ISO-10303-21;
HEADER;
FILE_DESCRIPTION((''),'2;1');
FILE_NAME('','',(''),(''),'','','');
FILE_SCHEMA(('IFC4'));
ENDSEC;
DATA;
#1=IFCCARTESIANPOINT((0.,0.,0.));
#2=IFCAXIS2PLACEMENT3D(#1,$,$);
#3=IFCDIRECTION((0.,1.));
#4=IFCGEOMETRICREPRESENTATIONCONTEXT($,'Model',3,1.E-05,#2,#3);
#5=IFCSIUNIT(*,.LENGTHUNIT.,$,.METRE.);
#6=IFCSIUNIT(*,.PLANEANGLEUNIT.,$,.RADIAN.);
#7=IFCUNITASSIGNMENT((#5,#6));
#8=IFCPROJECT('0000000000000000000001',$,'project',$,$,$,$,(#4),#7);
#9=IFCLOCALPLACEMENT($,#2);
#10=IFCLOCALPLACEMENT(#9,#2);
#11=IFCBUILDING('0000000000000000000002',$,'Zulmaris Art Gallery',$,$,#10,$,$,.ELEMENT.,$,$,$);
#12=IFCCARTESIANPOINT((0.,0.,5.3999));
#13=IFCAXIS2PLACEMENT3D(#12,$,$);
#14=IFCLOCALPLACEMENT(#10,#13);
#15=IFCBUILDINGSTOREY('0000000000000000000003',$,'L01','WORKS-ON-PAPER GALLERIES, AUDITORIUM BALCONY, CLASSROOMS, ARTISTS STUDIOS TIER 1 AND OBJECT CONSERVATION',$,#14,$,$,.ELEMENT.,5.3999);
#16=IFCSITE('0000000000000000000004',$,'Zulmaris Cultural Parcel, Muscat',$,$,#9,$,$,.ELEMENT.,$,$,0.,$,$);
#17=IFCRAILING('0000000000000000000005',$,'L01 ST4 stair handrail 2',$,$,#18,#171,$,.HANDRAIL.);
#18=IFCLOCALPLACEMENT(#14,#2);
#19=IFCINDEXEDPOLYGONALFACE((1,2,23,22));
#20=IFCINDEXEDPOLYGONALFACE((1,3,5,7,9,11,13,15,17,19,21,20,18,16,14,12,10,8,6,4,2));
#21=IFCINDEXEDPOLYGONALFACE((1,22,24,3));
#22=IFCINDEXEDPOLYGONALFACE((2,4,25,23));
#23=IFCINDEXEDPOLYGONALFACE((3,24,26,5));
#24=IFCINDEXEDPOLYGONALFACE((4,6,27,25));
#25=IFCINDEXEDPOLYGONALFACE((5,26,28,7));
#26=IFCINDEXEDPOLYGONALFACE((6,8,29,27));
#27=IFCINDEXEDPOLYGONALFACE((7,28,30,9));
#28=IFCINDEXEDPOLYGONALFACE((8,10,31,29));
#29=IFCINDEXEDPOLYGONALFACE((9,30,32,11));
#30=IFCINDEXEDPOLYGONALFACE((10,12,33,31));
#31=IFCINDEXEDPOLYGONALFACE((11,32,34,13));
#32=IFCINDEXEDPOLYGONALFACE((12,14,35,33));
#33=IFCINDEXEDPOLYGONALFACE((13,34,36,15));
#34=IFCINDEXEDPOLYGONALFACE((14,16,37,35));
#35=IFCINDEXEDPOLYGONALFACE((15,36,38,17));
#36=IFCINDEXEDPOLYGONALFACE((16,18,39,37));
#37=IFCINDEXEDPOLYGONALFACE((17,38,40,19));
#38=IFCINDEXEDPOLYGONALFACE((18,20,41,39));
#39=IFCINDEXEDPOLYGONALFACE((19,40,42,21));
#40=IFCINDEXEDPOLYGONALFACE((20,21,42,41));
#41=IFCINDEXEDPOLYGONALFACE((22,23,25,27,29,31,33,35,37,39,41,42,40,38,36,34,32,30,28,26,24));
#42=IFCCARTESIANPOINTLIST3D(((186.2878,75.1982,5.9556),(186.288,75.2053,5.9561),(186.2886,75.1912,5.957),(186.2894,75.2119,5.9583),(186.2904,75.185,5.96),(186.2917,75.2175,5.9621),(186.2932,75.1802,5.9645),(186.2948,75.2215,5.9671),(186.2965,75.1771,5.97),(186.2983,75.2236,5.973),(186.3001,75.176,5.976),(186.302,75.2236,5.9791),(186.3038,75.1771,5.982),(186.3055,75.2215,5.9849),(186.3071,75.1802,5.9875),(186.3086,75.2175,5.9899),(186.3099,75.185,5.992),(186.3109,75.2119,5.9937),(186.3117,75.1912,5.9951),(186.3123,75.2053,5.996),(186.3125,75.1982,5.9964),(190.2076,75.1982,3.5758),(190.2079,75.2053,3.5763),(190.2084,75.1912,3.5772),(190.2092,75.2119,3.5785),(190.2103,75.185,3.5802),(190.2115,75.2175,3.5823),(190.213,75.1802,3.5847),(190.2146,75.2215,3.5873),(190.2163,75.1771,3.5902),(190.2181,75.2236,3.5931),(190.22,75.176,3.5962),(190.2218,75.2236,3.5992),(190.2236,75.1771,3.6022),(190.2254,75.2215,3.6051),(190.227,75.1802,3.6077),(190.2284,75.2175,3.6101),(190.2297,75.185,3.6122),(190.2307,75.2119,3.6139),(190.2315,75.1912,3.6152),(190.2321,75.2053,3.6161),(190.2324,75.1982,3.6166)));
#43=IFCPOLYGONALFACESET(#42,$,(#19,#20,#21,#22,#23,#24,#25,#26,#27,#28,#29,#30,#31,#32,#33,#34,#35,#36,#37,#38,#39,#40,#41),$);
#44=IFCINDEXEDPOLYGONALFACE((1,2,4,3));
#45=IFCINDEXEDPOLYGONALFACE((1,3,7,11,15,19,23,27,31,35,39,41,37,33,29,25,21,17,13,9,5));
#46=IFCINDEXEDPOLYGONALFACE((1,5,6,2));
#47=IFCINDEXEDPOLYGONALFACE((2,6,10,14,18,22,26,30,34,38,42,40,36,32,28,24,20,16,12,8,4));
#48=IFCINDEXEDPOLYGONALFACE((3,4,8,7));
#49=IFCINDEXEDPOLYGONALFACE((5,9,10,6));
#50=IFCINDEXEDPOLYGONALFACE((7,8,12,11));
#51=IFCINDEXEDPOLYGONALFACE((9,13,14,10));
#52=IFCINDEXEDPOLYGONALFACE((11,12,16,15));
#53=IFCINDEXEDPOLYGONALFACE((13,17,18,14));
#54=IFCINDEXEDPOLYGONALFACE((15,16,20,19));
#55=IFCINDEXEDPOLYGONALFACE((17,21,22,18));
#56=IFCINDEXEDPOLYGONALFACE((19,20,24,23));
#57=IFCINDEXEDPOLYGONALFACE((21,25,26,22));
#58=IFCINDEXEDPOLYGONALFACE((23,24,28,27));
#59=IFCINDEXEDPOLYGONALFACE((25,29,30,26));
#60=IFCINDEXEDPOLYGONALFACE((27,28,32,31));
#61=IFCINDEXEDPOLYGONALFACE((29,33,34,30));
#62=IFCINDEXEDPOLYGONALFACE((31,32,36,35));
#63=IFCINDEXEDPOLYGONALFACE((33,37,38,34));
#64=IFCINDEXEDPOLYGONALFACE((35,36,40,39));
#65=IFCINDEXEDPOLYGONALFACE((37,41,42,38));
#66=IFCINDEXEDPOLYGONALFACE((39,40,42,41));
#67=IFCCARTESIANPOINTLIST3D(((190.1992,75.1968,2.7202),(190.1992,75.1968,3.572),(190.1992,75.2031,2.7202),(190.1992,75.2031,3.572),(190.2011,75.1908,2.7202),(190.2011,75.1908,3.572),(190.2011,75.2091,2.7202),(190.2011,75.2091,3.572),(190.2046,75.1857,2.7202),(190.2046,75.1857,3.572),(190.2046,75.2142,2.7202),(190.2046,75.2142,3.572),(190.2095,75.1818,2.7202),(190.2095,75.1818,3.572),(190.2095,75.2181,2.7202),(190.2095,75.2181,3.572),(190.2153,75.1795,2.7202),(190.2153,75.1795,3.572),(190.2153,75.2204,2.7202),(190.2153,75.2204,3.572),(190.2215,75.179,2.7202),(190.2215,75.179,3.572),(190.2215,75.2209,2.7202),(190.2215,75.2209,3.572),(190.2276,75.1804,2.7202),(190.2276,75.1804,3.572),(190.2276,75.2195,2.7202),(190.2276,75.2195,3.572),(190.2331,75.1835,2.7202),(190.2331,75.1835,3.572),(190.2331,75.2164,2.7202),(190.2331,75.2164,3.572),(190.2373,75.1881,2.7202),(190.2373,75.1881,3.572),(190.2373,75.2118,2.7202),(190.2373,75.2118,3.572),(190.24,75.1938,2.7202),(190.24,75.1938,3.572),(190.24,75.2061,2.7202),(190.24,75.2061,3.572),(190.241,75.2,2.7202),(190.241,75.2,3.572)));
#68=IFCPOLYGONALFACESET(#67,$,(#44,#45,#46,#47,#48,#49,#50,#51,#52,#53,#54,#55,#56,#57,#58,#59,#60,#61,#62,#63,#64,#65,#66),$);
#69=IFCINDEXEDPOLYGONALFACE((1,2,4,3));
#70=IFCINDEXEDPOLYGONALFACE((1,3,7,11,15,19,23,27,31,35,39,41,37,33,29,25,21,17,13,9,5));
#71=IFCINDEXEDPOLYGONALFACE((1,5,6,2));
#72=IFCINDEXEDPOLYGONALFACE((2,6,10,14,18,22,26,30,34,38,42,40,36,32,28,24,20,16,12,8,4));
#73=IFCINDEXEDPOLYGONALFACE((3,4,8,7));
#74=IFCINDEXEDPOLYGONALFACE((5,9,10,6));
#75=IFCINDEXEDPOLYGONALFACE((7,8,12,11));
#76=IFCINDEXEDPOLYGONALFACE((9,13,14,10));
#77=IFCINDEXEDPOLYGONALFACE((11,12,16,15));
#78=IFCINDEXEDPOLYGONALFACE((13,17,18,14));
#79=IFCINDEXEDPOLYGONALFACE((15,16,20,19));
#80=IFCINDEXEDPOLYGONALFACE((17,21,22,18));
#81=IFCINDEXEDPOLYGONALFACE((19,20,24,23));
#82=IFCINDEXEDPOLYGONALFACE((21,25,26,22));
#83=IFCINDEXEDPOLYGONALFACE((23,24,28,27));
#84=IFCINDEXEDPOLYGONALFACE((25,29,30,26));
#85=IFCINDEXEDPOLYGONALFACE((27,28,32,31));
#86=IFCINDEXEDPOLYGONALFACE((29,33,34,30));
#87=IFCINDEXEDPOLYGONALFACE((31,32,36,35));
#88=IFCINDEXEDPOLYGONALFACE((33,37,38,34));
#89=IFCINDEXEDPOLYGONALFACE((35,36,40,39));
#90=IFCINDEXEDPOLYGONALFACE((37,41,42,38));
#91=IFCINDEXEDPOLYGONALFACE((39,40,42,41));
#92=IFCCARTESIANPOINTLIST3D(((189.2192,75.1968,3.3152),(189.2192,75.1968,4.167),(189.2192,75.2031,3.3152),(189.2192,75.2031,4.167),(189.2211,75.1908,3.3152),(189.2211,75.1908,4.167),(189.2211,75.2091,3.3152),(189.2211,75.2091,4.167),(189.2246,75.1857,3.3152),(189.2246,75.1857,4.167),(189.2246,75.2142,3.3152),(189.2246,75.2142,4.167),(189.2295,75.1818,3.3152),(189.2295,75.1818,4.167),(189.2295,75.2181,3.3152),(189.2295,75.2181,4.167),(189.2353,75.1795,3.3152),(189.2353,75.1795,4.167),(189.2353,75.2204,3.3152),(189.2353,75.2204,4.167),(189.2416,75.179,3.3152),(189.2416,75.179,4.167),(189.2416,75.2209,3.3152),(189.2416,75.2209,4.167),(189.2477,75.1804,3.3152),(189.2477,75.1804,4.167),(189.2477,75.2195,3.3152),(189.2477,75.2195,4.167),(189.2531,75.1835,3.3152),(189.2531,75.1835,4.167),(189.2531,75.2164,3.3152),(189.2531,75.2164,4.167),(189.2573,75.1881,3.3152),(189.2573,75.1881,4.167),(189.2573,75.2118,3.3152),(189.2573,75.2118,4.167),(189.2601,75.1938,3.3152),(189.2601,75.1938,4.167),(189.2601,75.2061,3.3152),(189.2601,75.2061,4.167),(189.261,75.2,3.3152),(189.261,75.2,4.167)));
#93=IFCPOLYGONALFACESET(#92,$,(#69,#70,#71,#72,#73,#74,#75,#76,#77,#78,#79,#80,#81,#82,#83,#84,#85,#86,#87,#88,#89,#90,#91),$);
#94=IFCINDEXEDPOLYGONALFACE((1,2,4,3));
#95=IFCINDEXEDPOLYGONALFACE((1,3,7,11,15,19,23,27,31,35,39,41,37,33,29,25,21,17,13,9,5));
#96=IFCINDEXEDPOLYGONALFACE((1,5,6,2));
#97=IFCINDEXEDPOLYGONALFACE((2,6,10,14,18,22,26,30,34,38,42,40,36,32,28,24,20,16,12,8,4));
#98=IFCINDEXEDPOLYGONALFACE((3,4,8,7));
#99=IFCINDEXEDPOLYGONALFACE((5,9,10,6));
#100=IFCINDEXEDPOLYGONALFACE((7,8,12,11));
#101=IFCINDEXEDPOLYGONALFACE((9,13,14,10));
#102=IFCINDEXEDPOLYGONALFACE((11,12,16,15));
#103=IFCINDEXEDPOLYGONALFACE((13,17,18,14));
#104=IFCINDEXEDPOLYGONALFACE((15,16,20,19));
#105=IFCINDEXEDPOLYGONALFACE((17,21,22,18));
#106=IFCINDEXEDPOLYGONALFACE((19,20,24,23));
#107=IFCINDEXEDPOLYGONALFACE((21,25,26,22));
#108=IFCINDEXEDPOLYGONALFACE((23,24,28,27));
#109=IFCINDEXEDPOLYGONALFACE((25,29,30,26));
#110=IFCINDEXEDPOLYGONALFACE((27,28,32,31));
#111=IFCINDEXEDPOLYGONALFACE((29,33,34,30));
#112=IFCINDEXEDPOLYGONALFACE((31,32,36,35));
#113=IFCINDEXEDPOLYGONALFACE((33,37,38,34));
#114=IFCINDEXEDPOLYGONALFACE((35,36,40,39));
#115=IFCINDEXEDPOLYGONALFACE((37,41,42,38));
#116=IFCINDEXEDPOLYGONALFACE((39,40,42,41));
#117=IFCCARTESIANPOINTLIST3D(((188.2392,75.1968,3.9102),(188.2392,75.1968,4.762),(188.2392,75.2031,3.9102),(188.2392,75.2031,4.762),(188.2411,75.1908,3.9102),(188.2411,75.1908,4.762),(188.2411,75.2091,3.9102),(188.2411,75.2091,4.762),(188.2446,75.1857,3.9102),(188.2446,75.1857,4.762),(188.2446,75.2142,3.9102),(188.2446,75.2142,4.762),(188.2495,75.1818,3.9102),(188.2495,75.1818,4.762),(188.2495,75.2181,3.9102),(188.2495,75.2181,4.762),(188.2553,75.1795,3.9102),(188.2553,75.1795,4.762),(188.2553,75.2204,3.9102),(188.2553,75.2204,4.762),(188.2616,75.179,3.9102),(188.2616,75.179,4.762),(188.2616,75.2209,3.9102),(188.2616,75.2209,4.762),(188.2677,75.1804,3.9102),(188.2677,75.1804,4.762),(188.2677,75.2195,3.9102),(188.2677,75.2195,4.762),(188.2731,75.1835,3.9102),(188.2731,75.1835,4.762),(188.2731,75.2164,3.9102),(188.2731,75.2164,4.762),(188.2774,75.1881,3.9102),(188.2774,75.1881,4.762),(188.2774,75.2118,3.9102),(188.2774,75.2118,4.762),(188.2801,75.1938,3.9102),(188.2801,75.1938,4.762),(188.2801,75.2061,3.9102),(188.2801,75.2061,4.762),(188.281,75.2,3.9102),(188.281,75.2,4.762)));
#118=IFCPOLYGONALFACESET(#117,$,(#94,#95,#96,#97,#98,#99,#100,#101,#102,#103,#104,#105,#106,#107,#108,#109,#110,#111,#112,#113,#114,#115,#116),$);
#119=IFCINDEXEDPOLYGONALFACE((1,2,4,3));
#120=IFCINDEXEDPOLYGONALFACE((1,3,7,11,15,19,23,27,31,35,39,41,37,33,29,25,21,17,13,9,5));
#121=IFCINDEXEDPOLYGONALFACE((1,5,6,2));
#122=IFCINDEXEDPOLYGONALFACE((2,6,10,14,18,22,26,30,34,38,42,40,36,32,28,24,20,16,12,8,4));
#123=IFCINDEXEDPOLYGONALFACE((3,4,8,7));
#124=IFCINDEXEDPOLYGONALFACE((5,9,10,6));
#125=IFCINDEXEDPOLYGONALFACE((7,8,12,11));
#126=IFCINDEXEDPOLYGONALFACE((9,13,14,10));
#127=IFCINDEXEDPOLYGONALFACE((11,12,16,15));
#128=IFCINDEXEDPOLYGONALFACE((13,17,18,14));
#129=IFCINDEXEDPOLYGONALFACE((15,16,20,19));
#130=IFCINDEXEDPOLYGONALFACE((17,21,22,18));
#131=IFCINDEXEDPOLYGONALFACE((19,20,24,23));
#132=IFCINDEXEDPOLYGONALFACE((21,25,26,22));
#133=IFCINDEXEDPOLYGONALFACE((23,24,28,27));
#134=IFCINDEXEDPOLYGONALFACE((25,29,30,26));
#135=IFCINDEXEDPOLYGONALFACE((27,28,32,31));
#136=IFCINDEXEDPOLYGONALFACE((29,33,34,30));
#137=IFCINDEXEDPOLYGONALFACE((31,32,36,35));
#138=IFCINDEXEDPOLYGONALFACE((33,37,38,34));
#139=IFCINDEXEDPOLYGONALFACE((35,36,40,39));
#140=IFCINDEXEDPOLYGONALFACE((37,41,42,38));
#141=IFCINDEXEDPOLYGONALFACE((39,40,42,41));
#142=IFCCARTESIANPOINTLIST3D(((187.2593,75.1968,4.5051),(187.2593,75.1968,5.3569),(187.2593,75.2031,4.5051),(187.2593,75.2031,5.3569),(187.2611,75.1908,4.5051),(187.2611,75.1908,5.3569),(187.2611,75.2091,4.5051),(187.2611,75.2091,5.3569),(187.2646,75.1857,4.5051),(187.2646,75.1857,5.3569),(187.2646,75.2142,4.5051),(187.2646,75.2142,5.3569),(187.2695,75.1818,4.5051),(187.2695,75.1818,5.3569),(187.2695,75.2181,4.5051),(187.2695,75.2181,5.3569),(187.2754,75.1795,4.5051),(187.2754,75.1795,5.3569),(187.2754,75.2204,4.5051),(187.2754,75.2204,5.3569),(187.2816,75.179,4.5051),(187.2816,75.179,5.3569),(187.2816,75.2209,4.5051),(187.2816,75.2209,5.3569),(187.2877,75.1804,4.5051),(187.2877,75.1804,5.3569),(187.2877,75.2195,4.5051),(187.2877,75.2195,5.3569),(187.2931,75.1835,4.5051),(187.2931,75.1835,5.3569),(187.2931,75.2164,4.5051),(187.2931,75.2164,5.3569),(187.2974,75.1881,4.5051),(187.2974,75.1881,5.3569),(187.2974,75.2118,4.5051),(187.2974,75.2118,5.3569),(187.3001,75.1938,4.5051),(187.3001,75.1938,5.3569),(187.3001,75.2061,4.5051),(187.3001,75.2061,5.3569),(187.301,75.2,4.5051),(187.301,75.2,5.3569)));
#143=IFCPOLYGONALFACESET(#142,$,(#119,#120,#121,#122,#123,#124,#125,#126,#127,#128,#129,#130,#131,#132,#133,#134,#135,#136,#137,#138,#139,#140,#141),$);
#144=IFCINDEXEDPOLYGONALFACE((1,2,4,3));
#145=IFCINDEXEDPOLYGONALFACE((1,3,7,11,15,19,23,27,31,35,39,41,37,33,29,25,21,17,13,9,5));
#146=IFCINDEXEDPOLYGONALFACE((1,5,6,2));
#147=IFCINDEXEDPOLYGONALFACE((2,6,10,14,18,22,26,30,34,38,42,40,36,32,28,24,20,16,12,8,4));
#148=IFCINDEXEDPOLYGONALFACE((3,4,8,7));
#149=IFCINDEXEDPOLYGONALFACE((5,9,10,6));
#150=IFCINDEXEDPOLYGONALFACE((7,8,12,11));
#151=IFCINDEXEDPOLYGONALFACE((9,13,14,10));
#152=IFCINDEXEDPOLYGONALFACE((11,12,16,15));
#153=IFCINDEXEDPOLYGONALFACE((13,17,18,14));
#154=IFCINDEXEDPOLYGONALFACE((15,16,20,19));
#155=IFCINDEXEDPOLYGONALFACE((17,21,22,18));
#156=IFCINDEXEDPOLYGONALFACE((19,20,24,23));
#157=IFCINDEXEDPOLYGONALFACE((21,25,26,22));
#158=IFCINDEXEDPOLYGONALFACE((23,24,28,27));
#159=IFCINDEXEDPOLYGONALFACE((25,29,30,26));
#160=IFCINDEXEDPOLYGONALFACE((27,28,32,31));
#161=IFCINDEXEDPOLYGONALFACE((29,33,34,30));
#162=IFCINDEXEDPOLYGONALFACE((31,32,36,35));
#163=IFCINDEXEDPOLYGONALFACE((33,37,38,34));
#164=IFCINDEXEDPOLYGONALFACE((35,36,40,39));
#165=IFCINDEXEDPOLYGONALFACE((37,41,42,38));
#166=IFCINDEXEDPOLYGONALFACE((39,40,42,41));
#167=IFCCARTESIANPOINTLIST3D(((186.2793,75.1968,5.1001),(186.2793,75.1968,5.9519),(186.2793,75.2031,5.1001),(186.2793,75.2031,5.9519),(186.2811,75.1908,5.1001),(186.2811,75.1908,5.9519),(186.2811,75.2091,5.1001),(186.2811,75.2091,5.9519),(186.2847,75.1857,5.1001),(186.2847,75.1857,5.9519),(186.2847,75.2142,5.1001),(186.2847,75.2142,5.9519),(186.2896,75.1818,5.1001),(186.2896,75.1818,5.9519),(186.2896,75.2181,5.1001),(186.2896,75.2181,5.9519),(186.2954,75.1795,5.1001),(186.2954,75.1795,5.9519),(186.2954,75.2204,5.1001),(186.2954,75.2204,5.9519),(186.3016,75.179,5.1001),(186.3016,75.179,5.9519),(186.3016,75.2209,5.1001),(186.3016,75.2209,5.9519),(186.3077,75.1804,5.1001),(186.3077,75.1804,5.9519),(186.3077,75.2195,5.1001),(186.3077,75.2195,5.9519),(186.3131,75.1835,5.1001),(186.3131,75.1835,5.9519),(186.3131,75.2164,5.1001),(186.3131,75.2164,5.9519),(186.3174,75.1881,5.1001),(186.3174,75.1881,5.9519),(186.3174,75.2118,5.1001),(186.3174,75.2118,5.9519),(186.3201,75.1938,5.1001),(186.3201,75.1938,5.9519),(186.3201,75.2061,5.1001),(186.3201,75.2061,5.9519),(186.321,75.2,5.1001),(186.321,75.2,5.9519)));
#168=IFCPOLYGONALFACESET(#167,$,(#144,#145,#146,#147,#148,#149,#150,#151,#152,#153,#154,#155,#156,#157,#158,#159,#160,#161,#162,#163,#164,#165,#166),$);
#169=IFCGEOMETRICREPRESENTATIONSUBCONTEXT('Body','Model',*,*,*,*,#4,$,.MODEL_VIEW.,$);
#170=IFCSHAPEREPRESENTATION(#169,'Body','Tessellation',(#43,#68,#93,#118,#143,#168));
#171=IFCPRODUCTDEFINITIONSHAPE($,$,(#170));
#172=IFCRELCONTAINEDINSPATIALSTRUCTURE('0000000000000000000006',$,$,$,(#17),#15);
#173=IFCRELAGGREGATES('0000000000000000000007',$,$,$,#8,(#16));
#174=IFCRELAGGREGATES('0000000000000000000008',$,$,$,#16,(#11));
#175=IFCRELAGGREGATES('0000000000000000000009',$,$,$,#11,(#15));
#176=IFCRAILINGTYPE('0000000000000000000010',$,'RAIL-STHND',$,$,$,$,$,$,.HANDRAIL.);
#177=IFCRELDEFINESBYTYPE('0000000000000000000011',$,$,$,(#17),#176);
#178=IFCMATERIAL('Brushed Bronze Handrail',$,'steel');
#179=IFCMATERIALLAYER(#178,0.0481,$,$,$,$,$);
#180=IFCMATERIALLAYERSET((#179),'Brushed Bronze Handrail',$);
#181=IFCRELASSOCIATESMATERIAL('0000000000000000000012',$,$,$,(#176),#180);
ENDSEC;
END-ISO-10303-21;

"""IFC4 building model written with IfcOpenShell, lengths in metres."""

from ifc_helpers import new_model, si_unit, direction, frame, origin, origin_2d, place, context, subcontext, project, spatial, circle, extrude, material, layer, layer_set, type_object, element, save


model = new_model("IFC4")

# Units and contexts
model_context = context("Model", 3, precision=1e-05, world=origin(), true_north=direction((0.0, 1.0)))
body_context = subcontext(model_context, "Body", "Model", "MODEL_VIEW")
ifc_project = project(units=[si_unit("LENGTHUNIT", "METRE"), si_unit("PLANEANGLEUNIT", "RADIAN")], contexts=[model_context])

# Site, building, storey
site_placement = place(None, origin())
site = spatial("IfcSite", under=ifc_project, at=site_placement, Name="Zulmaris Cultural Parcel, Muscat", CompositionType="ELEMENT", RefElevation=0.0)
building_placement = place(site_placement, origin())
building = spatial("IfcBuilding", under=site, at=building_placement, Name="Zulmaris Art Gallery", CompositionType="ELEMENT")
storey_placement = place(building_placement, frame((0.0, 0.0, 5.3999)))
storey = spatial("IfcBuildingStorey", under=building, at=storey_placement, Name="L01", Description="WORKS-ON-PAPER GALLERIES, AUDITORIUM BALCONY, CLASSROOMS, ARTISTS STUDIOS TIER 1 AND OBJECT CONSERVATION", CompositionType="ELEMENT", Elevation=5.3999)

# Railing
ifc_material_1 = material(Name="Brushed Bronze Handrail", Category="steel")
ifc_layer_1 = layer(ifc_material_1, 0.0481)
ifc_layer_set_1 = layer_set([ifc_layer_1], Name="Brushed Bronze Handrail")
railing_type_1 = type_object("IfcRailingType", Name="RAIL-STHND", PredefinedType="HANDRAIL", material=ifc_layer_set_1)
railing_1_placement = place(storey_placement, frame((190.22, 75.2, 2.7202)))
element("IfcRailing", 1, at=railing_1_placement, inside=storey, type_object=railing_type_1, Name="L01 ST4 stair handrail 2", PredefinedType="HANDRAIL", context=body_context, shape_type="SweptSolid", body=[
    extrude(circle(Radius=0.0239, at=origin_2d()), frame((0.0, 0.0, 0.876), z_axis=(-0.854794, 0.0, 0.518967), x_axis=(0.0, -1.0, 0.0)), (0.0, 0.0, 1.0), 4.5857),
    extrude(circle(Radius=0.021, at=origin_2d()), origin(), (0.0, 0.0, 1.0), 0.8518),
    extrude(circle(Radius=0.021, at=origin_2d()), frame((-0.98, 0.0, 0.595)), (0.0, 0.0, 1.0), 0.8518),
    extrude(circle(Radius=0.021, at=origin_2d()), frame((-1.96, 0.0, 1.1899)), (0.0, 0.0, 1.0), 0.8518),
    extrude(circle(Radius=0.021, at=origin_2d()), frame((-2.9399, 0.0, 1.7849)), (0.0, 0.0, 1.0), 0.8518),
    extrude(circle(Radius=0.021, at=origin_2d()), frame((-3.9199, 0.0, 2.3799)), (0.0, 0.0, 1.0), 0.8518),
])

save(model, "model.ifc")
